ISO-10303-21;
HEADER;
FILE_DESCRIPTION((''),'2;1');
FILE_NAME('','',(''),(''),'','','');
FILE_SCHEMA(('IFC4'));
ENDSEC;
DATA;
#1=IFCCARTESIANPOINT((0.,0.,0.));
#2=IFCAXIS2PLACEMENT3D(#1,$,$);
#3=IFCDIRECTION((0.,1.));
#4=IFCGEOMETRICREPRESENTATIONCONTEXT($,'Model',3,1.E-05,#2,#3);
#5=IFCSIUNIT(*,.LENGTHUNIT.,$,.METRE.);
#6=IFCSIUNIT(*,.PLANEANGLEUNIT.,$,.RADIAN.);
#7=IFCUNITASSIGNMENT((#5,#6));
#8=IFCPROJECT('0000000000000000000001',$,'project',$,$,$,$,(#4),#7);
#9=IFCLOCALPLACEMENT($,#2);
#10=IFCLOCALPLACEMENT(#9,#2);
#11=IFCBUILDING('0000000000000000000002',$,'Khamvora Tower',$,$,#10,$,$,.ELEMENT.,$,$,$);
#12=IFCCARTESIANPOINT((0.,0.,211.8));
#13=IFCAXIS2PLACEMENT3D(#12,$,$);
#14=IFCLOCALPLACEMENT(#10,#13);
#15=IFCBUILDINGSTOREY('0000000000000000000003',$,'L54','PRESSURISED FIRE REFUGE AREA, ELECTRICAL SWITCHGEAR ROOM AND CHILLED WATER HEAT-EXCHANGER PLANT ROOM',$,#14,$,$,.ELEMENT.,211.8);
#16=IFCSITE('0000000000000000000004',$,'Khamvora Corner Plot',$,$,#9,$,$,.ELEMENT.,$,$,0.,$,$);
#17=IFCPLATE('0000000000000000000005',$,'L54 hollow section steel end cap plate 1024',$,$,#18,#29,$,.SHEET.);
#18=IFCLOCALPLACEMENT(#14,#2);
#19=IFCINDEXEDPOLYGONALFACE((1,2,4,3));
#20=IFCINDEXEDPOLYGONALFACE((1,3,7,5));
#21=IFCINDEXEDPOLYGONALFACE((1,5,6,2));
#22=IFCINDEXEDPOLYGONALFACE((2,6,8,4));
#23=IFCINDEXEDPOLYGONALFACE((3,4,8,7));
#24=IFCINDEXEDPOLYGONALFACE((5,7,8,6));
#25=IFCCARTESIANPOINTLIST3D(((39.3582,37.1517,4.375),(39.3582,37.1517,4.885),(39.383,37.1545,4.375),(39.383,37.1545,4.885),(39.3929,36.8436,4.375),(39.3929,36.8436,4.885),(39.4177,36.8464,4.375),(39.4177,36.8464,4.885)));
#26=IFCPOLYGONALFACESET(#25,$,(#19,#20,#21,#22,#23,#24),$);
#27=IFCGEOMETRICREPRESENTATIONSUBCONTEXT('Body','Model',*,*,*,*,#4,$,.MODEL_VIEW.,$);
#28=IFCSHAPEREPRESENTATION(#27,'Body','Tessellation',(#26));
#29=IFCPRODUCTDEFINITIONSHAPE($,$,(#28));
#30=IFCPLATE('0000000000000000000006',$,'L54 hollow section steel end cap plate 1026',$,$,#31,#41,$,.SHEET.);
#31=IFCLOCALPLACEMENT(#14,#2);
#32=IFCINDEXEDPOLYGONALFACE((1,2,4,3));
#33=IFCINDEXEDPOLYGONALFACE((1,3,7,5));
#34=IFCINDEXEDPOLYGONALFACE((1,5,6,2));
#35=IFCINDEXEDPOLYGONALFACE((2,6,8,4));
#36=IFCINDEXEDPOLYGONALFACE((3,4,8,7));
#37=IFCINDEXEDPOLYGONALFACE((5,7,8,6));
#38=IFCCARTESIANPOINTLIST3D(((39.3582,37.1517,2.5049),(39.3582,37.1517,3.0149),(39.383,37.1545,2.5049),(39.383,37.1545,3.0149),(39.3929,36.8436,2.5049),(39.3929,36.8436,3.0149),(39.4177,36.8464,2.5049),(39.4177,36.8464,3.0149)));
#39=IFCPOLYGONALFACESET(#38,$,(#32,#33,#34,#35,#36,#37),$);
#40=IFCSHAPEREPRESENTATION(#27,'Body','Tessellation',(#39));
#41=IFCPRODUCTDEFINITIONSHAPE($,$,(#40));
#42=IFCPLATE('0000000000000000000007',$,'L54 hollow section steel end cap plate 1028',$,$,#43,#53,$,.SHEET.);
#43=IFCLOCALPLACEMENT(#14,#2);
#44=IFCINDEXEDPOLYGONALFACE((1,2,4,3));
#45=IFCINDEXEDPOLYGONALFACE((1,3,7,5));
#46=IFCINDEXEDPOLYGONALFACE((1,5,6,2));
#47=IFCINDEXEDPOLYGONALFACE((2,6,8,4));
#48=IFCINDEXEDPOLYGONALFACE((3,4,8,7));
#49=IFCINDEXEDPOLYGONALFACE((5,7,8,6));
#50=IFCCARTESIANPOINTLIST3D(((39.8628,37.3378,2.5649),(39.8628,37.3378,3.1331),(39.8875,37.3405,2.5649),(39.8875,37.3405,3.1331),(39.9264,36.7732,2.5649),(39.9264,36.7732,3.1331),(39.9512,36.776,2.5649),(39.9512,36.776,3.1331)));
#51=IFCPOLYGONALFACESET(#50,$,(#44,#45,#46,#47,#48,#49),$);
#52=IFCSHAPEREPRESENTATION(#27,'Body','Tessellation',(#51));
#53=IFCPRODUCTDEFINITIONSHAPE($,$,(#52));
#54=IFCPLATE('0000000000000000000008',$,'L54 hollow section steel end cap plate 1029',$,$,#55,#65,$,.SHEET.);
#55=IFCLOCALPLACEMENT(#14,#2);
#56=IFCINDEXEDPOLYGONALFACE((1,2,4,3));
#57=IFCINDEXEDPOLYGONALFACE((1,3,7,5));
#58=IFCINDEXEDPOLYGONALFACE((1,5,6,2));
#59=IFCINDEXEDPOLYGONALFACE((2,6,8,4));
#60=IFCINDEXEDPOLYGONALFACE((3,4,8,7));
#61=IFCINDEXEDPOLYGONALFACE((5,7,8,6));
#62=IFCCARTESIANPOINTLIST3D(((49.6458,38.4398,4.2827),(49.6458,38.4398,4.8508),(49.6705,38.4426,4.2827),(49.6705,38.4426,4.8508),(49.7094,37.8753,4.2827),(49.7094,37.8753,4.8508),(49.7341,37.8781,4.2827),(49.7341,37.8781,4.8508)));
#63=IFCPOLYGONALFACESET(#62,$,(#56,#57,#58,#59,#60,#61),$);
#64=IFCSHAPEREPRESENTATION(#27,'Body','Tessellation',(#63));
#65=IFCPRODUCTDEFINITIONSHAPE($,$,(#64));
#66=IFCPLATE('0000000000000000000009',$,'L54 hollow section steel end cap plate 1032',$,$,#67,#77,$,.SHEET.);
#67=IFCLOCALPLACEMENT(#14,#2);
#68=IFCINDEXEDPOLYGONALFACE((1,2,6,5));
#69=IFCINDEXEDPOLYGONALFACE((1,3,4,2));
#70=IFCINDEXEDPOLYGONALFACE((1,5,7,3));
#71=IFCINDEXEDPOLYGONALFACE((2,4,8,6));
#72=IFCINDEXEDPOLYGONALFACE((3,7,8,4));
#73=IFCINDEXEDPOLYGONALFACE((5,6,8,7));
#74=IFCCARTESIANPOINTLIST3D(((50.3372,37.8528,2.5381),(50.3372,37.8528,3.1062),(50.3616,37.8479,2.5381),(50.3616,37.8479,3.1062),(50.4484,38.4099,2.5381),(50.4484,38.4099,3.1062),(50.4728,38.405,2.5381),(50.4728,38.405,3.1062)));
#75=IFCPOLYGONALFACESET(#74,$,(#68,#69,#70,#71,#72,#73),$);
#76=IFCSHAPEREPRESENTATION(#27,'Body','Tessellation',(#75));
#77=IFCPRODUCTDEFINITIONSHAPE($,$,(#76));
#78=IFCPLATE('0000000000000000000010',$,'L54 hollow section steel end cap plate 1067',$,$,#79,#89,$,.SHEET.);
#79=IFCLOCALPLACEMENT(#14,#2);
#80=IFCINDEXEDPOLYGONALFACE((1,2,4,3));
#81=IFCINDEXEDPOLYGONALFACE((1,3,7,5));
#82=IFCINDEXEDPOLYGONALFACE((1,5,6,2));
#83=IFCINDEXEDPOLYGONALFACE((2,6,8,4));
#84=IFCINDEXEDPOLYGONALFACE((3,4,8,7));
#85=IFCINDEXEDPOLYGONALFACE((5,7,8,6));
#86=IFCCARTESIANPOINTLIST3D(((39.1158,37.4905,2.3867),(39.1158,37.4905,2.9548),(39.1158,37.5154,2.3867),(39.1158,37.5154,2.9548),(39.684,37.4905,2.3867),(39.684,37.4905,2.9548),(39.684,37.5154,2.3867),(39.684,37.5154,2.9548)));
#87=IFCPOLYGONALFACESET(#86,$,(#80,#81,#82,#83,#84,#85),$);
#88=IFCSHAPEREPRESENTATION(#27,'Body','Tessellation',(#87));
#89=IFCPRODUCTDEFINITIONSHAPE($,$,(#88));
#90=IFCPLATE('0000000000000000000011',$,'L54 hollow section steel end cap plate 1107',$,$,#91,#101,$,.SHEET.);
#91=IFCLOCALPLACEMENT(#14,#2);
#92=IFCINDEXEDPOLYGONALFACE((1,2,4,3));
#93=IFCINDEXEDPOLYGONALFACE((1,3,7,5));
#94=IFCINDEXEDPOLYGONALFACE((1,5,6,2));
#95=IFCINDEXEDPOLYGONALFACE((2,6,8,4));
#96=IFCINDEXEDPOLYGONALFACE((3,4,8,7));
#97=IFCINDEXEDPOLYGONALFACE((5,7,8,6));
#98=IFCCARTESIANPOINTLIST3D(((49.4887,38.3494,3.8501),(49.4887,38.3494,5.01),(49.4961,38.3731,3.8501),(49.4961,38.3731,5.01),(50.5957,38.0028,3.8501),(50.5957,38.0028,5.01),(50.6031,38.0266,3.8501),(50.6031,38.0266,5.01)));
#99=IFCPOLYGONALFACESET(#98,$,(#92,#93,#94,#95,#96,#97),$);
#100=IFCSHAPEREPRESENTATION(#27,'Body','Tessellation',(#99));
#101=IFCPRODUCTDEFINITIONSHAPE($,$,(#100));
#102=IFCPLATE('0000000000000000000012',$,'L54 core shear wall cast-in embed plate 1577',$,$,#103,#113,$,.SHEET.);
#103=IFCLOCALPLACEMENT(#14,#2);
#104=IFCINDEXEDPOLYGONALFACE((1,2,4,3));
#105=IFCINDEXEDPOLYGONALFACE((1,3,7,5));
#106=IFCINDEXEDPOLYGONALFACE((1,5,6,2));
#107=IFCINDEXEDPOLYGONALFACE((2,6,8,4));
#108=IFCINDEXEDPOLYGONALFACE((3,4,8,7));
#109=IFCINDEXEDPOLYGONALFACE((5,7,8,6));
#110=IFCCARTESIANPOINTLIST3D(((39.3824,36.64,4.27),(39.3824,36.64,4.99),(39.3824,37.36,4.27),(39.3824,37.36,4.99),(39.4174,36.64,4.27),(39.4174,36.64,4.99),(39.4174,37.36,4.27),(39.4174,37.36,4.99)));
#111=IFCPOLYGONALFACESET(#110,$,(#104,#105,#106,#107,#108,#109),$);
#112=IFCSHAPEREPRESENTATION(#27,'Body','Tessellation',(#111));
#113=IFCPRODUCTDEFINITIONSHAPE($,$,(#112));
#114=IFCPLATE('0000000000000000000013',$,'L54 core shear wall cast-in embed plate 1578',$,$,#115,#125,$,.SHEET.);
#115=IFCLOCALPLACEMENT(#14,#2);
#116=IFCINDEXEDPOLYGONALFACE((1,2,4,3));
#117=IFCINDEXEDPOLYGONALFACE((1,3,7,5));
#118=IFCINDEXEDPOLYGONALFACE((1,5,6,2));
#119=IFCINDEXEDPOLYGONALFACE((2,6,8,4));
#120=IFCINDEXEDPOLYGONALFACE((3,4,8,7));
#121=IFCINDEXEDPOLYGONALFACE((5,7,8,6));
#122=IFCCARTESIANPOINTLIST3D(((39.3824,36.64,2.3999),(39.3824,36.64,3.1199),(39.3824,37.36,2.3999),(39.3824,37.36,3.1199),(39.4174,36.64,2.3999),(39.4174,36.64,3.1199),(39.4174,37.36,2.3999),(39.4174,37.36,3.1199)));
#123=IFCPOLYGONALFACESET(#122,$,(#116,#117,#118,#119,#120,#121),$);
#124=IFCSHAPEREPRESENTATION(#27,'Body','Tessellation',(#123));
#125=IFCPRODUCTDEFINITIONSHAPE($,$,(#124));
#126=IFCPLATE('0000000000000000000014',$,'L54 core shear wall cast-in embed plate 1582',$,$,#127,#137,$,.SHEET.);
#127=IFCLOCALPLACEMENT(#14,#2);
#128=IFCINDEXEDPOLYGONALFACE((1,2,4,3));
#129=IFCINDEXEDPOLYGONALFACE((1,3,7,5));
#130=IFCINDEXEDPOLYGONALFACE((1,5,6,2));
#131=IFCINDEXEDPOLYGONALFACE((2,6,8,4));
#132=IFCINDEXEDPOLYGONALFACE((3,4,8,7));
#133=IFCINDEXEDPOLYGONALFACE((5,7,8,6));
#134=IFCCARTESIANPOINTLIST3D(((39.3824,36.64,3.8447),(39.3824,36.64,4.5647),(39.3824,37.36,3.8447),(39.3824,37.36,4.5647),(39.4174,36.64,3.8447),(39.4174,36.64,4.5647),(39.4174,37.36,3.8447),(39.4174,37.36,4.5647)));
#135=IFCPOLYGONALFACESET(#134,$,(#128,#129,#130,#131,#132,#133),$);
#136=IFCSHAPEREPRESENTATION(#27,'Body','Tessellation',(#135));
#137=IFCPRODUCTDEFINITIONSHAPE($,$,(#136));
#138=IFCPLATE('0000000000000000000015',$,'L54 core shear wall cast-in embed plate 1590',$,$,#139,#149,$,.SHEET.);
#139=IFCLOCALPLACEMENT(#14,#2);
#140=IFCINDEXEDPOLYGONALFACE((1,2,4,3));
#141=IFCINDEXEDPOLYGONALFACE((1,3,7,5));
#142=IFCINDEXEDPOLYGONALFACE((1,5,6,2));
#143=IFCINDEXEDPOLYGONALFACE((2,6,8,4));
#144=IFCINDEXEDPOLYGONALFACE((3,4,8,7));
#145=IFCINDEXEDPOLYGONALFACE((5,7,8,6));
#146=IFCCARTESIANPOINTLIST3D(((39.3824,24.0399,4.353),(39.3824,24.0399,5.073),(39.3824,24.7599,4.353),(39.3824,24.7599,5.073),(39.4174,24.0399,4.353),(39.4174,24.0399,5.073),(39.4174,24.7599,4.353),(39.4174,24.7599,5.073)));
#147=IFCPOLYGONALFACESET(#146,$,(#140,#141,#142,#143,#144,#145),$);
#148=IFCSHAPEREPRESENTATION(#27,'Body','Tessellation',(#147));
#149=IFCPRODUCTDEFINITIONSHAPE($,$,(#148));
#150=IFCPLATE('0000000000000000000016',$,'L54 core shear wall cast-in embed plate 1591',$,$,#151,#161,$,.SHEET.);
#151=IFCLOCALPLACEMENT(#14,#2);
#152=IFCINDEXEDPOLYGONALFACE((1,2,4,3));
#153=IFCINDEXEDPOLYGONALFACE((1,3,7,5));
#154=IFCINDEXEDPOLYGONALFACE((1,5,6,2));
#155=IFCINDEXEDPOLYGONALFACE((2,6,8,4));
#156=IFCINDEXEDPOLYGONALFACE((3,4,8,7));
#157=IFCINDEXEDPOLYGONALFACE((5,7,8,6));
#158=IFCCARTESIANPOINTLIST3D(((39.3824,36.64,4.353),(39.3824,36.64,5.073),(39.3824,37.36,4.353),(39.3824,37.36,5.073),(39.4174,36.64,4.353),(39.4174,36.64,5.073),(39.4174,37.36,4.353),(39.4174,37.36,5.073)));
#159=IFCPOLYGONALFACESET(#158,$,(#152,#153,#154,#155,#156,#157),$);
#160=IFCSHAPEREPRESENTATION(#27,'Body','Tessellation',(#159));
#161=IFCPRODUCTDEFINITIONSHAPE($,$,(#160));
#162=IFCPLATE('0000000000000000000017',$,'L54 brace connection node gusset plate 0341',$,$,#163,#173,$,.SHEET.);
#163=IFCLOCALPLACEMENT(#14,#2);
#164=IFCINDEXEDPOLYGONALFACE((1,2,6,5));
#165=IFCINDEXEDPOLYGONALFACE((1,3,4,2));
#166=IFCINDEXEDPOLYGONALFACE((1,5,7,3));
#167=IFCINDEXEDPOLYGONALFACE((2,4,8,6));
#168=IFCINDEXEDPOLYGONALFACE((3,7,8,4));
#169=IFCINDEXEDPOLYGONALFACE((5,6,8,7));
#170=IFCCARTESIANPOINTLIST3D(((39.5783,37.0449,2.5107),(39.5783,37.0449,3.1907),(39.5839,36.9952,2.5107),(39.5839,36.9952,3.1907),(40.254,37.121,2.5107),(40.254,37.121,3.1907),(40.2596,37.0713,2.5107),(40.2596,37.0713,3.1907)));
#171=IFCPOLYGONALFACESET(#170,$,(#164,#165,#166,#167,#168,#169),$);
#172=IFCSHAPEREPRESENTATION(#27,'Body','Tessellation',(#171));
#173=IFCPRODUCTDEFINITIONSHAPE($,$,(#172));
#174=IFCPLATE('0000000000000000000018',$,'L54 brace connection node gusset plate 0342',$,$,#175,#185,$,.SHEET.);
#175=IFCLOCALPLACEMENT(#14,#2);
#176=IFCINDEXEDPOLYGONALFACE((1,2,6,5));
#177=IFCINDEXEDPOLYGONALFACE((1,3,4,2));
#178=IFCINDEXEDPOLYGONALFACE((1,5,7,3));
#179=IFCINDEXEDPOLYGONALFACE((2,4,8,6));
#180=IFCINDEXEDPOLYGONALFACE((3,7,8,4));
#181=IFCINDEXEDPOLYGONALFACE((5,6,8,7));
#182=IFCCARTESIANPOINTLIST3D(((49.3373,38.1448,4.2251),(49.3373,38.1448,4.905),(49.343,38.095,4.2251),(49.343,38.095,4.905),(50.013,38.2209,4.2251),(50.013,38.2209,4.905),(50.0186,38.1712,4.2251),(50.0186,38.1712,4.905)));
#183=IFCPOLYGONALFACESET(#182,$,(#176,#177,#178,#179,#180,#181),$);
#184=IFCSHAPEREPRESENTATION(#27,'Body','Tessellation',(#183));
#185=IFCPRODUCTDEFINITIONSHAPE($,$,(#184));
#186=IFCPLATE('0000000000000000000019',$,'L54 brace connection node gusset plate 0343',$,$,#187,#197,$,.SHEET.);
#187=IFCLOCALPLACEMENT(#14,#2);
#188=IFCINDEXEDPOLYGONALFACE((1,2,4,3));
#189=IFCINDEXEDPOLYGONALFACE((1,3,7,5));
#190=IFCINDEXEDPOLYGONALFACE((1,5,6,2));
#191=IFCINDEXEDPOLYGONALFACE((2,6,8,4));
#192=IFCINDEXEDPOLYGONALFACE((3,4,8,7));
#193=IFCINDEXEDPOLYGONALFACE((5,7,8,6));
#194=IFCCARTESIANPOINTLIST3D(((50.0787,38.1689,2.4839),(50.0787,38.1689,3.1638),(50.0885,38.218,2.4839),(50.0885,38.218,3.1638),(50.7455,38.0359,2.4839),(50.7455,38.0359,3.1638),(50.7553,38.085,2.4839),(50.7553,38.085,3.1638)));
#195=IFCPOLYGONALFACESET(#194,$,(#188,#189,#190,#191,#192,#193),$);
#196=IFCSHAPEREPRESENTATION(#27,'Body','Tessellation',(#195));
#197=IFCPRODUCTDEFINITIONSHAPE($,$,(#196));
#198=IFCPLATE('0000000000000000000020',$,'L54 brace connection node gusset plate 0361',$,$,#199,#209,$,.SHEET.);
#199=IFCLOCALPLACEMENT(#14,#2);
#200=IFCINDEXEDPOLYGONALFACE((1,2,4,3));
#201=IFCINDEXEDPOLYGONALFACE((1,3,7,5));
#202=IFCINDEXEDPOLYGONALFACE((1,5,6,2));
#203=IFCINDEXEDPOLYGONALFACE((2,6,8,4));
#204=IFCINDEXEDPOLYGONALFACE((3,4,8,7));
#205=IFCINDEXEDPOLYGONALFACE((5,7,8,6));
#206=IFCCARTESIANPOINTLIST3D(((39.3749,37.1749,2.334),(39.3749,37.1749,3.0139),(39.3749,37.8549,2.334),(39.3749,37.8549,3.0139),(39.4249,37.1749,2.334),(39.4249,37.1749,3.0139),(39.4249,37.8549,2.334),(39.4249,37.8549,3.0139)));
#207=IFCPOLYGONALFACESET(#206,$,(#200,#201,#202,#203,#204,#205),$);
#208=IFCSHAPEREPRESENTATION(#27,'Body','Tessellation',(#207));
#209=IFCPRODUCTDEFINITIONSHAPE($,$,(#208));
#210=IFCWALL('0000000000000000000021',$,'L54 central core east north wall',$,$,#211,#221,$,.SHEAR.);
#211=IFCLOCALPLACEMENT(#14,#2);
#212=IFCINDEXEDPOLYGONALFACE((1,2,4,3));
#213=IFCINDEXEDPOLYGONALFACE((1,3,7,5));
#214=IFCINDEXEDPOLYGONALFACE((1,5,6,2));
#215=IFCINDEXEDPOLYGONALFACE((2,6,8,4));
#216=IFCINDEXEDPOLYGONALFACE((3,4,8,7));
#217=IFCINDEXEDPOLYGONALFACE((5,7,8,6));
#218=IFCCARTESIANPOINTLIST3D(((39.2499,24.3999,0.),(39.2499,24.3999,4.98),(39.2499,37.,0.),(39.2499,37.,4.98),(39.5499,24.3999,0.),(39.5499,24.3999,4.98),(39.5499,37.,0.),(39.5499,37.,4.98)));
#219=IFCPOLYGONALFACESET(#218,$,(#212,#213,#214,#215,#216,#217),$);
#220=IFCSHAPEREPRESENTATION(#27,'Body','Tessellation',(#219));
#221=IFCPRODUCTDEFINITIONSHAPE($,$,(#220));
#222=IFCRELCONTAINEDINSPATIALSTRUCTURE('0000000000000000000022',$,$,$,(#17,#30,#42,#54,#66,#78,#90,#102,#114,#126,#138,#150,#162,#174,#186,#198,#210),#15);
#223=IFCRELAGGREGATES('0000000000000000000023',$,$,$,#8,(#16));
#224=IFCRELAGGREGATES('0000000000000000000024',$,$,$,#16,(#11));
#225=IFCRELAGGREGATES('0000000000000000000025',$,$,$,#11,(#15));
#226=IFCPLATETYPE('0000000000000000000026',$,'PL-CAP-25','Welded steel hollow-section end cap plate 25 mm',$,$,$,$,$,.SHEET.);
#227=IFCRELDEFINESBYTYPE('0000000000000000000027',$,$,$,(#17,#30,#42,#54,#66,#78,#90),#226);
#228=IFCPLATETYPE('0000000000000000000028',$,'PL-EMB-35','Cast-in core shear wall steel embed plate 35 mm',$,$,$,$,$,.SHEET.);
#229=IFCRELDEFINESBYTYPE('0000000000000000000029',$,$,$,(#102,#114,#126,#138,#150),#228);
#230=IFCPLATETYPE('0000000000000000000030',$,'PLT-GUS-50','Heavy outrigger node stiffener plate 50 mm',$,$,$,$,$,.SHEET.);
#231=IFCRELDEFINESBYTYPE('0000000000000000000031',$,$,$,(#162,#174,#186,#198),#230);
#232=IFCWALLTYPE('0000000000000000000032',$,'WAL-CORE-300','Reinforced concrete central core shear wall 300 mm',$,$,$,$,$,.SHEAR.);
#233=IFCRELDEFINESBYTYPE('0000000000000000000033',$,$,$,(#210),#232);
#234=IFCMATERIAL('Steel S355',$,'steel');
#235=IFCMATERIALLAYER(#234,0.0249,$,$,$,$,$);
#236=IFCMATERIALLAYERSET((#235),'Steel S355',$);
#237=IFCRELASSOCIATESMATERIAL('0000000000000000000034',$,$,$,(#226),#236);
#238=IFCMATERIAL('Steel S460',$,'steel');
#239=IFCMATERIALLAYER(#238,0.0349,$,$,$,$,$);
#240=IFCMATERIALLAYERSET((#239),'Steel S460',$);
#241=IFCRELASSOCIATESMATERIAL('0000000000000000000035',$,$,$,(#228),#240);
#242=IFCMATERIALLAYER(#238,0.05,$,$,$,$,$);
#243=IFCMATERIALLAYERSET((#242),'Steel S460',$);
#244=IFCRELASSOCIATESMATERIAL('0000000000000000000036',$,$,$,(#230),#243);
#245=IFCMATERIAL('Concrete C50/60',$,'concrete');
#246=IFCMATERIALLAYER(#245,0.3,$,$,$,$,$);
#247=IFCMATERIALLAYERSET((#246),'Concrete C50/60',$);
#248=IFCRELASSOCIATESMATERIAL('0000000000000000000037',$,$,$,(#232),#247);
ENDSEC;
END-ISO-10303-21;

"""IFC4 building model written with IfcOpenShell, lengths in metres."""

from ifc_helpers import new_model, si_unit, direction, frame, frame_2d, origin, origin_2d, place, context, subcontext, project, spatial, rectangle, extrude, material, layer, layer_set, type_object, element, save


model = new_model("IFC4")

# Units and contexts
model_context = context("Model", 3, precision=1e-05, world=origin(), true_north=direction((0.0, 1.0)))
body_context = subcontext(model_context, "Body", "Model", "MODEL_VIEW")
ifc_project = project(units=[si_unit("LENGTHUNIT", "METRE"), si_unit("PLANEANGLEUNIT", "RADIAN")], contexts=[model_context])

# Site, building, storey
site_placement = place(None, origin())
site = spatial("IfcSite", under=ifc_project, at=site_placement, Name="Khamvora Corner Plot", CompositionType="ELEMENT", RefElevation=0.0)
building_placement = place(site_placement, origin())
building = spatial("IfcBuilding", under=site, at=building_placement, Name="Khamvora Tower", CompositionType="ELEMENT")
storey_placement = place(building_placement, frame((0.0, 0.0, 211.8)))
storey = spatial("IfcBuildingStorey", under=building, at=storey_placement, Name="L54", Description="PRESSURISED FIRE REFUGE AREA, ELECTRICAL SWITCHGEAR ROOM AND CHILLED WATER HEAT-EXCHANGER PLANT ROOM", CompositionType="ELEMENT", Elevation=211.8)

# Shared definitions
ifc_material_1 = material(Name="Steel S460", Category="steel")
ifc_material_2 = material(Name="Steel S355", Category="steel")

# Plates
ifc_layer_1 = layer(ifc_material_2, 0.0249)
ifc_layer_set_1 = layer_set([ifc_layer_1], Name="Steel S355")
plate_type_1 = type_object("IfcPlateType", Name="PL-CAP-25", Description="Welded steel hollow-section end cap plate 25 mm", PredefinedType="SHEET", material=ifc_layer_set_1)
for number, where, z_axis, x_axis, name in (
    (1, (39.3879, 36.999, 4.375), (0.0, 0.0, 1.0), (0.993711, 0.111972, 0.0), "L54 hollow section steel end cap plate 1024"),
    (2, (39.3879, 36.999, 2.5049), (0.0, 0.0, 1.0), (0.993711, 0.111972, 0.0), "L54 hollow section steel end cap plate 1026"),
):
    element("IfcPlate", number, at=place(storey_placement, frame(where, z_axis=z_axis, x_axis=x_axis)), inside=storey, type_object=plate_type_1, Name=name, PredefinedType="SHEET", context=body_context, shape_type="SweptSolid", body=[
        extrude(rectangle(XDim=0.0249, YDim=0.3101, at=origin_2d()), origin(), (0.0, 0.0, 1.0), 0.51),
    ])
for number, where, z_axis, x_axis, name in (
    (3, (39.907, 37.0569, 2.5649), (0.0, 0.0, 1.0), (0.993707, 0.112007, 0.0), "L54 hollow section steel end cap plate 1028"),
    (4, (49.6899, 38.1589, 4.2827), (0.0, 0.0, 1.0), (0.993707, 0.112007, 0.0), "L54 hollow section steel end cap plate 1029"),
    (5, (50.405, 38.1289, 2.5381), (0.0, 0.0, 1.0), (0.980659, -0.195724, 0.0), "L54 hollow section steel end cap plate 1032"),
    (6, (39.3999, 37.5029, 2.3867), (0.0, 0.0, 1.0), (0.0, 1.0, 0.0), "L54 hollow section steel end cap plate 1067"),
):
    element("IfcPlate", number, at=place(storey_placement, frame(where, z_axis=z_axis, x_axis=x_axis)), inside=storey, type_object=plate_type_1, Name=name, PredefinedType="SHEET", context=body_context, shape_type="SweptSolid", body=[
        extrude(rectangle(XDim=0.0249, YDim=0.5681, at=origin_2d()), origin(), (0.0, 0.0, 1.0), 0.5681),
    ])
plate_placement = place(storey_placement, frame((50.0459, 38.188, 3.8501), z_axis=(0.0, 0.0, 1.0), x_axis=(0.298741, 0.954334, 0.0)))
element("IfcPlate", 7, at=plate_placement, inside=storey, type_object=plate_type_1, Name="L54 hollow section steel end cap plate 1107", PredefinedType="SHEET", context=body_context, shape_type="SweptSolid", body=[
    extrude(rectangle(XDim=0.0249, YDim=1.1599, at=origin_2d()), origin(), (0.0, 0.0, 1.0), 1.1599),
])
ifc_layer_2 = layer(ifc_material_1, 0.0349)
ifc_layer_set_2 = layer_set([ifc_layer_2], Name="Steel S460")
plate_type_2 = type_object("IfcPlateType", Name="PL-EMB-35", Description="Cast-in core shear wall steel embed plate 35 mm", PredefinedType="SHEET", material=ifc_layer_set_2)
for number, where, z_axis, x_axis, name in (
    (8, (39.3999, 37.0, 4.27), (0.0, 0.0, 1.0), (1.0, 0.0, 0.0), "L54 core shear wall cast-in embed plate 1577"),
    (9, (39.3999, 37.0, 2.3999), (0.0, 0.0, 1.0), (1.0, 0.0, 0.0), "L54 core shear wall cast-in embed plate 1578"),
    (10, (39.3999, 37.0, 3.8447), (0.0, 0.0, 1.0), (1.0, 0.0, 0.0), "L54 core shear wall cast-in embed plate 1582"),
    (11, (39.3999, 24.3999, 4.353), (0.0, 0.0, 1.0), (1.0, 0.0, 0.0), "L54 core shear wall cast-in embed plate 1590"),
    (12, (39.3999, 37.0, 4.353), (0.0, 0.0, 1.0), (1.0, 0.0, 0.0), "L54 core shear wall cast-in embed plate 1591"),
):
    element("IfcPlate", number, at=place(storey_placement, frame(where, z_axis=z_axis, x_axis=x_axis)), inside=storey, type_object=plate_type_2, Name=name, PredefinedType="SHEET", context=body_context, shape_type="SweptSolid", body=[
        extrude(rectangle(XDim=0.0349, YDim=0.72, at=origin_2d()), origin(), (0.0, 0.0, 1.0), 0.72),
    ])
ifc_layer_3 = layer(ifc_material_1, 0.05)
ifc_layer_set_3 = layer_set([ifc_layer_3], Name="Steel S460")
plate_type_3 = type_object("IfcPlateType", Name="PLT-GUS-50", Description="Heavy outrigger node stiffener plate 50 mm", PredefinedType="SHEET", material=ifc_layer_set_3)
for number, where, z_axis, x_axis, name in (
    (13, (39.9189, 37.0581, 2.5107), (0.0, 0.0, 1.0), (0.993711, 0.111972, 0.0), "L54 brace connection node gusset plate 0341"),
    (14, (49.678, 38.158, 4.2251), (0.0, 0.0, 1.0), (0.993711, 0.111972, 0.0), "L54 brace connection node gusset plate 0342"),
    (15, (50.417, 38.127, 2.4839), (0.0, 0.0, 1.0), (0.980669, -0.195672, 0.0), "L54 brace connection node gusset plate 0343"),
    (16, (39.3999, 37.5149, 2.334), (0.0, 0.0, 1.0), (0.0, 1.0, 0.0), "L54 brace connection node gusset plate 0361"),
):
    element("IfcPlate", number, at=place(storey_placement, frame(where, z_axis=z_axis, x_axis=x_axis)), inside=storey, type_object=plate_type_3, Name=name, PredefinedType="SHEET", context=body_context, shape_type="SweptSolid", body=[
        extrude(rectangle(XDim=0.6799, YDim=0.05, at=origin_2d()), origin(), (0.0, 0.0, 1.0), 0.6799),
    ])

# Wall
ifc_material_3 = material(Name="Concrete C50/60", Category="concrete")
ifc_layer_4 = layer(ifc_material_3, 0.3)
ifc_layer_set_4 = layer_set([ifc_layer_4], Name="Concrete C50/60")
wall_type_1 = type_object("IfcWallType", Name="WAL-CORE-300", Description="Reinforced concrete central core shear wall 300 mm", PredefinedType="SHEAR", material=ifc_layer_set_4)
wall_1_placement = place(storey_placement, frame((39.3999, 24.3999, 0.0), z_axis=(0.0, 0.0, 1.0), x_axis=(0.0, 1.0, 0.0)))
element("IfcWall", 17, at=wall_1_placement, inside=storey, type_object=wall_type_1, Name="L54 central core east north wall", PredefinedType="SHEAR", context=body_context, shape_type="SweptSolid", body=[
    extrude(rectangle(XDim=12.6001, YDim=0.3, at=frame_2d((6.3, 0.0))), origin(), (0.0, 0.0, 1.0), 4.98),
])

save(model, "model.ifc")
